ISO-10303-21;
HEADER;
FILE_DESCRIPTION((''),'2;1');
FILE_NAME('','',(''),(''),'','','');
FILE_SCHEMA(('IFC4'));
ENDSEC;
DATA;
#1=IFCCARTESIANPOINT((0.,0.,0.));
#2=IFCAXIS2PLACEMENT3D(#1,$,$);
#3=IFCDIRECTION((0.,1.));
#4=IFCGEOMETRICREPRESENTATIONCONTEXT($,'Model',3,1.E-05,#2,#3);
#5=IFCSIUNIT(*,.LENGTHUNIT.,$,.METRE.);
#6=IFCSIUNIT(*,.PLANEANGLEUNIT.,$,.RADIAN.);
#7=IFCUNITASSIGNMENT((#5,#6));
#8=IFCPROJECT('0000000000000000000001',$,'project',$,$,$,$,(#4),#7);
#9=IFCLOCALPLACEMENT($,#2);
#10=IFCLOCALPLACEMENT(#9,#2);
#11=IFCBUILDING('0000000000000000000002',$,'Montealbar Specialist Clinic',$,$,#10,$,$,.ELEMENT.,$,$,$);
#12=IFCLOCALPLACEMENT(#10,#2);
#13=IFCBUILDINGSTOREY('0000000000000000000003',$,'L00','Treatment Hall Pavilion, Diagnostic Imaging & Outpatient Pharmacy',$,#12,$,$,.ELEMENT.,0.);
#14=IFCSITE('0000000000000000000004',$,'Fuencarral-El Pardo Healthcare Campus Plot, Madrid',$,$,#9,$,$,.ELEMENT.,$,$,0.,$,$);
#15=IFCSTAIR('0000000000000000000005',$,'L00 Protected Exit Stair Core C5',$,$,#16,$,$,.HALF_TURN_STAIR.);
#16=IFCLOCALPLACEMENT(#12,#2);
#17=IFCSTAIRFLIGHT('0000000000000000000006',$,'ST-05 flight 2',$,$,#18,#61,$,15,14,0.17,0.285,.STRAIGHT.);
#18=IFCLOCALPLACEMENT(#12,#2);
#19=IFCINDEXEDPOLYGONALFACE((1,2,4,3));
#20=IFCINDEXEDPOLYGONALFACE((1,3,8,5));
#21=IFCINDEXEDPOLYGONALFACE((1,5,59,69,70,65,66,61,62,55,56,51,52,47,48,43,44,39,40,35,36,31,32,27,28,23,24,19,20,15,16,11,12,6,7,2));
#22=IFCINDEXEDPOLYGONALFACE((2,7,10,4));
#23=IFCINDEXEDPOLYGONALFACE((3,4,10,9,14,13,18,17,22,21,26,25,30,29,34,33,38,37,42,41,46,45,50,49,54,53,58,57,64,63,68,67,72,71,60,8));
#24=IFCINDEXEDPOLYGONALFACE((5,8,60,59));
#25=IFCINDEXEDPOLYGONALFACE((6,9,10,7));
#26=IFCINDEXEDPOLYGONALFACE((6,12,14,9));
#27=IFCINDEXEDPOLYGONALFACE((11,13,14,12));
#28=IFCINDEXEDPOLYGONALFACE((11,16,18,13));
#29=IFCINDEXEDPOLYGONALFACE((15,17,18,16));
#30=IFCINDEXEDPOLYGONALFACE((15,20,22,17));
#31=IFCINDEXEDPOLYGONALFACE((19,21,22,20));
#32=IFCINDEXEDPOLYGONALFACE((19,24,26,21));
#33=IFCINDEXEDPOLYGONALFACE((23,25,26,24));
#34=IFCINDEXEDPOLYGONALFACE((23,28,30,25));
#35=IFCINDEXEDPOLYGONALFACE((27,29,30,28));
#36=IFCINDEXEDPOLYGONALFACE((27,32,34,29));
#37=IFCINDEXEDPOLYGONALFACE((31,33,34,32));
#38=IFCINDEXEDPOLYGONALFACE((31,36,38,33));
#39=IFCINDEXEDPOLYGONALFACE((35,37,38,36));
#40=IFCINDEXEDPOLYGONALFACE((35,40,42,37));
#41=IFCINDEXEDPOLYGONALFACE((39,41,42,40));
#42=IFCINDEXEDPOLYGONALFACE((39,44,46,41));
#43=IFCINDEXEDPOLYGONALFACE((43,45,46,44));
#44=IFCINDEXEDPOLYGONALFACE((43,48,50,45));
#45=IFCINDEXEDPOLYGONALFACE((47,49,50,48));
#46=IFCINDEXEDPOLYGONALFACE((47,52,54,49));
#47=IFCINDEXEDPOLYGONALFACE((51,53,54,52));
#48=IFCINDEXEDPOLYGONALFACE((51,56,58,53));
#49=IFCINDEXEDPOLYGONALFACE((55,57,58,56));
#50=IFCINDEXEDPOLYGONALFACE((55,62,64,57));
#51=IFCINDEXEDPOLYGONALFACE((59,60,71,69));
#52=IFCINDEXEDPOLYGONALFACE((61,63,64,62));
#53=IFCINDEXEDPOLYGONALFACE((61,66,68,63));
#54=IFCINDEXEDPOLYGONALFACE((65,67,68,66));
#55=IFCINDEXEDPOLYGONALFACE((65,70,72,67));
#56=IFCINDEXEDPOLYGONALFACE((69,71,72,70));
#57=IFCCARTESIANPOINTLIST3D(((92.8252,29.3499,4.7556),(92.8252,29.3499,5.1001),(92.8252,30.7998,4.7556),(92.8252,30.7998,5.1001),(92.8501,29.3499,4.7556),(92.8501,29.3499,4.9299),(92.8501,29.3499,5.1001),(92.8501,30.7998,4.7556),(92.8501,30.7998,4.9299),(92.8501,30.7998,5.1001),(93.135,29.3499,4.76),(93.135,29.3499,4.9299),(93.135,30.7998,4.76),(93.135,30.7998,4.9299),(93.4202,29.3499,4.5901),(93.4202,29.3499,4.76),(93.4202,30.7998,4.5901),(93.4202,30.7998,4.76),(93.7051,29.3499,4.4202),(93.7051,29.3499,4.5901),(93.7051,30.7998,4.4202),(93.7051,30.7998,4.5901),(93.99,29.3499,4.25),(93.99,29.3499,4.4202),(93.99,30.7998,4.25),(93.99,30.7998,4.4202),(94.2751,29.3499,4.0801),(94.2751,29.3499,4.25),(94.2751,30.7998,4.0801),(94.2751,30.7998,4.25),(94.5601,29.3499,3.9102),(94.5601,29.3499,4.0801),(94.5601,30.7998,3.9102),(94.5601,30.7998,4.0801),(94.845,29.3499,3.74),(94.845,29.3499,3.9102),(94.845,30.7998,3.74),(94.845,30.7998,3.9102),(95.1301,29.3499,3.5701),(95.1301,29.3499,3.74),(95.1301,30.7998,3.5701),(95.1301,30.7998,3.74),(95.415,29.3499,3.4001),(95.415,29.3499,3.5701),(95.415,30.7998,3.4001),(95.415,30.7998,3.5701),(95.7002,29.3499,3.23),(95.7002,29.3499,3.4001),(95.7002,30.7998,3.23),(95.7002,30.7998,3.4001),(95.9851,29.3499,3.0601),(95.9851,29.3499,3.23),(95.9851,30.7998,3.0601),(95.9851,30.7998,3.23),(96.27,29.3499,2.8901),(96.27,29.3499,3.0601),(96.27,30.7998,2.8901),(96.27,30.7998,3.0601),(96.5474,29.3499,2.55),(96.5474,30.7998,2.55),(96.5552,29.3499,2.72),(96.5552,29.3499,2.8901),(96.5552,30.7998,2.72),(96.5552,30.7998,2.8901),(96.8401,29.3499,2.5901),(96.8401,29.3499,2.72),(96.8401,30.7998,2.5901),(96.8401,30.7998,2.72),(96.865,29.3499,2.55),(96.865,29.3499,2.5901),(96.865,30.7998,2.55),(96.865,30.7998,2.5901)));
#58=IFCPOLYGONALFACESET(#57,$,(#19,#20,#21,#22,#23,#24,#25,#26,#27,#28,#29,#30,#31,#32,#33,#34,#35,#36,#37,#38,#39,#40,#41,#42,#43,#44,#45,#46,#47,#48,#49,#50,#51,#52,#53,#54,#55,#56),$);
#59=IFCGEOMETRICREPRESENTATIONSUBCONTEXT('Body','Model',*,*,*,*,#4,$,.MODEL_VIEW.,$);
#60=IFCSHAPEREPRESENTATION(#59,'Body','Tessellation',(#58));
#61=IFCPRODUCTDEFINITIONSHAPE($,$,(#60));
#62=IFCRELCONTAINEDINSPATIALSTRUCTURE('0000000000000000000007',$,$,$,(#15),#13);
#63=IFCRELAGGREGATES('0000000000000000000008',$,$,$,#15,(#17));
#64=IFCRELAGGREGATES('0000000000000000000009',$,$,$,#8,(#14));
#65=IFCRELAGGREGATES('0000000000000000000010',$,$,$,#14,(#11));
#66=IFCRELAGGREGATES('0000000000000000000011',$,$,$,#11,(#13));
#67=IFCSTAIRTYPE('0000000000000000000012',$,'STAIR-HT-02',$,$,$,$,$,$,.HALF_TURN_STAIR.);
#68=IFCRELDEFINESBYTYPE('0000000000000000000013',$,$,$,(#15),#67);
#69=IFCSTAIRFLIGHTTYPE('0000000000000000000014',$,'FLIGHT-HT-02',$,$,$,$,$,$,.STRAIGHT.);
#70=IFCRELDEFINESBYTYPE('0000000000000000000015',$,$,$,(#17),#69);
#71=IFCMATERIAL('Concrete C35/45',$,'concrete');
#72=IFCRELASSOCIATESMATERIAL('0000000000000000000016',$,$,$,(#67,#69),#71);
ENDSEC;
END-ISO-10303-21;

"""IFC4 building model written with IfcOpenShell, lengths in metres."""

from ifc_helpers import new_model, si_unit, direction, frame, origin, place, context, subcontext, project, spatial, polyline, outline, extrude, material, type_object, element, aggregate, save


model = new_model("IFC4")

# Units and contexts
model_context = context("Model", 3, precision=1e-05, world=origin(), true_north=direction((0.0, 1.0)))
body_context = subcontext(model_context, "Body", "Model", "MODEL_VIEW")
ifc_project = project(units=[si_unit("LENGTHUNIT", "METRE"), si_unit("PLANEANGLEUNIT", "RADIAN")], contexts=[model_context])

# Site, building, storey
site_placement = place(None, origin())
site = spatial("IfcSite", under=ifc_project, at=site_placement, Name="Fuencarral-El Pardo Healthcare Campus Plot, Madrid", CompositionType="ELEMENT", RefElevation=0.0)
building_placement = place(site_placement, origin())
building = spatial("IfcBuilding", under=site, at=building_placement, Name="Montealbar Specialist Clinic", CompositionType="ELEMENT")
storey_placement = place(building_placement, origin())
storey = spatial("IfcBuildingStorey", under=building, at=storey_placement, Name="L00", Description="Treatment Hall Pavilion, Diagnostic Imaging & Outpatient Pharmacy", CompositionType="ELEMENT", Elevation=0.0)

# Shared definitions
ifc_material_1 = material(Name="Concrete C35/45", Category="concrete")

# Stair, stair flight
stair_type = type_object("IfcStairType", Name="STAIR-HT-02", PredefinedType="HALF_TURN_STAIR", material=ifc_material_1)
stair_placement = place(storey_placement, origin())
stair = element("IfcStair", 1, at=stair_placement, inside=storey, type_object=stair_type, Name="L00 Protected Exit Stair Core C5", PredefinedType="HALF_TURN_STAIR")
stair_flight_type = type_object("IfcStairFlightType", Name="FLIGHT-HT-02", PredefinedType="STRAIGHT", material=ifc_material_1)
stair_flight_1_placement = place(storey_placement, frame((96.8401, 30.075, 2.55), z_axis=(0.0, 0.0, 1.0), x_axis=(-1.0, 0.0, 0.0)))
stair_flight_1 = element("IfcStairFlight", 2, at=stair_flight_1_placement, type_object=stair_flight_type, Name="ST-05 flight 2", NumberOfRisers=15, NumberOfTreads=14, PredefinedType="STRAIGHT", RiserHeight=0.17, TreadLength=0.285, context=body_context, shape_type="SweptSolid", body=[
    extrude(outline(polyline([(-0.0249, 0.0), (-0.0249, 0.04), (0.0, 0.04), (0.0, 0.1699), (0.2849, 0.1699), (0.2849, 0.3401), (0.5701, 0.3401), (0.5701, 0.51), (0.855, 0.51), (0.855, 0.6799), (1.1399, 0.6799), (1.1399, 0.8501), (1.425, 0.8501), (1.425, 1.02), (1.71, 1.02), (1.71, 1.1899), (1.9951, 1.1899), (1.9951, 1.3601), (2.28, 1.3601), (2.28, 1.53), (2.5649, 1.53), (2.5649, 1.7), (2.8501, 1.7), (2.8501, 1.8701), (3.135, 1.8701), (3.135, 2.04), (3.4199, 2.04), (3.4199, 2.21), (3.7051, 2.21), (3.7051, 2.3799), (3.99, 2.3799), (3.99, 2.55), (4.0149, 2.55), (4.0149, 2.2056), (3.99, 2.2056), (0.2927, 0.0), (-0.0249, 0.0)])), frame((0.0, 0.7251, 0.0), z_axis=(0.0, -1.0, 0.0), x_axis=(1.0, 0.0, 0.0)), (0.0, 0.0, 1.0), 1.45),
])
aggregate(stair, [stair_flight_1])

save(model, "model.ifc")
